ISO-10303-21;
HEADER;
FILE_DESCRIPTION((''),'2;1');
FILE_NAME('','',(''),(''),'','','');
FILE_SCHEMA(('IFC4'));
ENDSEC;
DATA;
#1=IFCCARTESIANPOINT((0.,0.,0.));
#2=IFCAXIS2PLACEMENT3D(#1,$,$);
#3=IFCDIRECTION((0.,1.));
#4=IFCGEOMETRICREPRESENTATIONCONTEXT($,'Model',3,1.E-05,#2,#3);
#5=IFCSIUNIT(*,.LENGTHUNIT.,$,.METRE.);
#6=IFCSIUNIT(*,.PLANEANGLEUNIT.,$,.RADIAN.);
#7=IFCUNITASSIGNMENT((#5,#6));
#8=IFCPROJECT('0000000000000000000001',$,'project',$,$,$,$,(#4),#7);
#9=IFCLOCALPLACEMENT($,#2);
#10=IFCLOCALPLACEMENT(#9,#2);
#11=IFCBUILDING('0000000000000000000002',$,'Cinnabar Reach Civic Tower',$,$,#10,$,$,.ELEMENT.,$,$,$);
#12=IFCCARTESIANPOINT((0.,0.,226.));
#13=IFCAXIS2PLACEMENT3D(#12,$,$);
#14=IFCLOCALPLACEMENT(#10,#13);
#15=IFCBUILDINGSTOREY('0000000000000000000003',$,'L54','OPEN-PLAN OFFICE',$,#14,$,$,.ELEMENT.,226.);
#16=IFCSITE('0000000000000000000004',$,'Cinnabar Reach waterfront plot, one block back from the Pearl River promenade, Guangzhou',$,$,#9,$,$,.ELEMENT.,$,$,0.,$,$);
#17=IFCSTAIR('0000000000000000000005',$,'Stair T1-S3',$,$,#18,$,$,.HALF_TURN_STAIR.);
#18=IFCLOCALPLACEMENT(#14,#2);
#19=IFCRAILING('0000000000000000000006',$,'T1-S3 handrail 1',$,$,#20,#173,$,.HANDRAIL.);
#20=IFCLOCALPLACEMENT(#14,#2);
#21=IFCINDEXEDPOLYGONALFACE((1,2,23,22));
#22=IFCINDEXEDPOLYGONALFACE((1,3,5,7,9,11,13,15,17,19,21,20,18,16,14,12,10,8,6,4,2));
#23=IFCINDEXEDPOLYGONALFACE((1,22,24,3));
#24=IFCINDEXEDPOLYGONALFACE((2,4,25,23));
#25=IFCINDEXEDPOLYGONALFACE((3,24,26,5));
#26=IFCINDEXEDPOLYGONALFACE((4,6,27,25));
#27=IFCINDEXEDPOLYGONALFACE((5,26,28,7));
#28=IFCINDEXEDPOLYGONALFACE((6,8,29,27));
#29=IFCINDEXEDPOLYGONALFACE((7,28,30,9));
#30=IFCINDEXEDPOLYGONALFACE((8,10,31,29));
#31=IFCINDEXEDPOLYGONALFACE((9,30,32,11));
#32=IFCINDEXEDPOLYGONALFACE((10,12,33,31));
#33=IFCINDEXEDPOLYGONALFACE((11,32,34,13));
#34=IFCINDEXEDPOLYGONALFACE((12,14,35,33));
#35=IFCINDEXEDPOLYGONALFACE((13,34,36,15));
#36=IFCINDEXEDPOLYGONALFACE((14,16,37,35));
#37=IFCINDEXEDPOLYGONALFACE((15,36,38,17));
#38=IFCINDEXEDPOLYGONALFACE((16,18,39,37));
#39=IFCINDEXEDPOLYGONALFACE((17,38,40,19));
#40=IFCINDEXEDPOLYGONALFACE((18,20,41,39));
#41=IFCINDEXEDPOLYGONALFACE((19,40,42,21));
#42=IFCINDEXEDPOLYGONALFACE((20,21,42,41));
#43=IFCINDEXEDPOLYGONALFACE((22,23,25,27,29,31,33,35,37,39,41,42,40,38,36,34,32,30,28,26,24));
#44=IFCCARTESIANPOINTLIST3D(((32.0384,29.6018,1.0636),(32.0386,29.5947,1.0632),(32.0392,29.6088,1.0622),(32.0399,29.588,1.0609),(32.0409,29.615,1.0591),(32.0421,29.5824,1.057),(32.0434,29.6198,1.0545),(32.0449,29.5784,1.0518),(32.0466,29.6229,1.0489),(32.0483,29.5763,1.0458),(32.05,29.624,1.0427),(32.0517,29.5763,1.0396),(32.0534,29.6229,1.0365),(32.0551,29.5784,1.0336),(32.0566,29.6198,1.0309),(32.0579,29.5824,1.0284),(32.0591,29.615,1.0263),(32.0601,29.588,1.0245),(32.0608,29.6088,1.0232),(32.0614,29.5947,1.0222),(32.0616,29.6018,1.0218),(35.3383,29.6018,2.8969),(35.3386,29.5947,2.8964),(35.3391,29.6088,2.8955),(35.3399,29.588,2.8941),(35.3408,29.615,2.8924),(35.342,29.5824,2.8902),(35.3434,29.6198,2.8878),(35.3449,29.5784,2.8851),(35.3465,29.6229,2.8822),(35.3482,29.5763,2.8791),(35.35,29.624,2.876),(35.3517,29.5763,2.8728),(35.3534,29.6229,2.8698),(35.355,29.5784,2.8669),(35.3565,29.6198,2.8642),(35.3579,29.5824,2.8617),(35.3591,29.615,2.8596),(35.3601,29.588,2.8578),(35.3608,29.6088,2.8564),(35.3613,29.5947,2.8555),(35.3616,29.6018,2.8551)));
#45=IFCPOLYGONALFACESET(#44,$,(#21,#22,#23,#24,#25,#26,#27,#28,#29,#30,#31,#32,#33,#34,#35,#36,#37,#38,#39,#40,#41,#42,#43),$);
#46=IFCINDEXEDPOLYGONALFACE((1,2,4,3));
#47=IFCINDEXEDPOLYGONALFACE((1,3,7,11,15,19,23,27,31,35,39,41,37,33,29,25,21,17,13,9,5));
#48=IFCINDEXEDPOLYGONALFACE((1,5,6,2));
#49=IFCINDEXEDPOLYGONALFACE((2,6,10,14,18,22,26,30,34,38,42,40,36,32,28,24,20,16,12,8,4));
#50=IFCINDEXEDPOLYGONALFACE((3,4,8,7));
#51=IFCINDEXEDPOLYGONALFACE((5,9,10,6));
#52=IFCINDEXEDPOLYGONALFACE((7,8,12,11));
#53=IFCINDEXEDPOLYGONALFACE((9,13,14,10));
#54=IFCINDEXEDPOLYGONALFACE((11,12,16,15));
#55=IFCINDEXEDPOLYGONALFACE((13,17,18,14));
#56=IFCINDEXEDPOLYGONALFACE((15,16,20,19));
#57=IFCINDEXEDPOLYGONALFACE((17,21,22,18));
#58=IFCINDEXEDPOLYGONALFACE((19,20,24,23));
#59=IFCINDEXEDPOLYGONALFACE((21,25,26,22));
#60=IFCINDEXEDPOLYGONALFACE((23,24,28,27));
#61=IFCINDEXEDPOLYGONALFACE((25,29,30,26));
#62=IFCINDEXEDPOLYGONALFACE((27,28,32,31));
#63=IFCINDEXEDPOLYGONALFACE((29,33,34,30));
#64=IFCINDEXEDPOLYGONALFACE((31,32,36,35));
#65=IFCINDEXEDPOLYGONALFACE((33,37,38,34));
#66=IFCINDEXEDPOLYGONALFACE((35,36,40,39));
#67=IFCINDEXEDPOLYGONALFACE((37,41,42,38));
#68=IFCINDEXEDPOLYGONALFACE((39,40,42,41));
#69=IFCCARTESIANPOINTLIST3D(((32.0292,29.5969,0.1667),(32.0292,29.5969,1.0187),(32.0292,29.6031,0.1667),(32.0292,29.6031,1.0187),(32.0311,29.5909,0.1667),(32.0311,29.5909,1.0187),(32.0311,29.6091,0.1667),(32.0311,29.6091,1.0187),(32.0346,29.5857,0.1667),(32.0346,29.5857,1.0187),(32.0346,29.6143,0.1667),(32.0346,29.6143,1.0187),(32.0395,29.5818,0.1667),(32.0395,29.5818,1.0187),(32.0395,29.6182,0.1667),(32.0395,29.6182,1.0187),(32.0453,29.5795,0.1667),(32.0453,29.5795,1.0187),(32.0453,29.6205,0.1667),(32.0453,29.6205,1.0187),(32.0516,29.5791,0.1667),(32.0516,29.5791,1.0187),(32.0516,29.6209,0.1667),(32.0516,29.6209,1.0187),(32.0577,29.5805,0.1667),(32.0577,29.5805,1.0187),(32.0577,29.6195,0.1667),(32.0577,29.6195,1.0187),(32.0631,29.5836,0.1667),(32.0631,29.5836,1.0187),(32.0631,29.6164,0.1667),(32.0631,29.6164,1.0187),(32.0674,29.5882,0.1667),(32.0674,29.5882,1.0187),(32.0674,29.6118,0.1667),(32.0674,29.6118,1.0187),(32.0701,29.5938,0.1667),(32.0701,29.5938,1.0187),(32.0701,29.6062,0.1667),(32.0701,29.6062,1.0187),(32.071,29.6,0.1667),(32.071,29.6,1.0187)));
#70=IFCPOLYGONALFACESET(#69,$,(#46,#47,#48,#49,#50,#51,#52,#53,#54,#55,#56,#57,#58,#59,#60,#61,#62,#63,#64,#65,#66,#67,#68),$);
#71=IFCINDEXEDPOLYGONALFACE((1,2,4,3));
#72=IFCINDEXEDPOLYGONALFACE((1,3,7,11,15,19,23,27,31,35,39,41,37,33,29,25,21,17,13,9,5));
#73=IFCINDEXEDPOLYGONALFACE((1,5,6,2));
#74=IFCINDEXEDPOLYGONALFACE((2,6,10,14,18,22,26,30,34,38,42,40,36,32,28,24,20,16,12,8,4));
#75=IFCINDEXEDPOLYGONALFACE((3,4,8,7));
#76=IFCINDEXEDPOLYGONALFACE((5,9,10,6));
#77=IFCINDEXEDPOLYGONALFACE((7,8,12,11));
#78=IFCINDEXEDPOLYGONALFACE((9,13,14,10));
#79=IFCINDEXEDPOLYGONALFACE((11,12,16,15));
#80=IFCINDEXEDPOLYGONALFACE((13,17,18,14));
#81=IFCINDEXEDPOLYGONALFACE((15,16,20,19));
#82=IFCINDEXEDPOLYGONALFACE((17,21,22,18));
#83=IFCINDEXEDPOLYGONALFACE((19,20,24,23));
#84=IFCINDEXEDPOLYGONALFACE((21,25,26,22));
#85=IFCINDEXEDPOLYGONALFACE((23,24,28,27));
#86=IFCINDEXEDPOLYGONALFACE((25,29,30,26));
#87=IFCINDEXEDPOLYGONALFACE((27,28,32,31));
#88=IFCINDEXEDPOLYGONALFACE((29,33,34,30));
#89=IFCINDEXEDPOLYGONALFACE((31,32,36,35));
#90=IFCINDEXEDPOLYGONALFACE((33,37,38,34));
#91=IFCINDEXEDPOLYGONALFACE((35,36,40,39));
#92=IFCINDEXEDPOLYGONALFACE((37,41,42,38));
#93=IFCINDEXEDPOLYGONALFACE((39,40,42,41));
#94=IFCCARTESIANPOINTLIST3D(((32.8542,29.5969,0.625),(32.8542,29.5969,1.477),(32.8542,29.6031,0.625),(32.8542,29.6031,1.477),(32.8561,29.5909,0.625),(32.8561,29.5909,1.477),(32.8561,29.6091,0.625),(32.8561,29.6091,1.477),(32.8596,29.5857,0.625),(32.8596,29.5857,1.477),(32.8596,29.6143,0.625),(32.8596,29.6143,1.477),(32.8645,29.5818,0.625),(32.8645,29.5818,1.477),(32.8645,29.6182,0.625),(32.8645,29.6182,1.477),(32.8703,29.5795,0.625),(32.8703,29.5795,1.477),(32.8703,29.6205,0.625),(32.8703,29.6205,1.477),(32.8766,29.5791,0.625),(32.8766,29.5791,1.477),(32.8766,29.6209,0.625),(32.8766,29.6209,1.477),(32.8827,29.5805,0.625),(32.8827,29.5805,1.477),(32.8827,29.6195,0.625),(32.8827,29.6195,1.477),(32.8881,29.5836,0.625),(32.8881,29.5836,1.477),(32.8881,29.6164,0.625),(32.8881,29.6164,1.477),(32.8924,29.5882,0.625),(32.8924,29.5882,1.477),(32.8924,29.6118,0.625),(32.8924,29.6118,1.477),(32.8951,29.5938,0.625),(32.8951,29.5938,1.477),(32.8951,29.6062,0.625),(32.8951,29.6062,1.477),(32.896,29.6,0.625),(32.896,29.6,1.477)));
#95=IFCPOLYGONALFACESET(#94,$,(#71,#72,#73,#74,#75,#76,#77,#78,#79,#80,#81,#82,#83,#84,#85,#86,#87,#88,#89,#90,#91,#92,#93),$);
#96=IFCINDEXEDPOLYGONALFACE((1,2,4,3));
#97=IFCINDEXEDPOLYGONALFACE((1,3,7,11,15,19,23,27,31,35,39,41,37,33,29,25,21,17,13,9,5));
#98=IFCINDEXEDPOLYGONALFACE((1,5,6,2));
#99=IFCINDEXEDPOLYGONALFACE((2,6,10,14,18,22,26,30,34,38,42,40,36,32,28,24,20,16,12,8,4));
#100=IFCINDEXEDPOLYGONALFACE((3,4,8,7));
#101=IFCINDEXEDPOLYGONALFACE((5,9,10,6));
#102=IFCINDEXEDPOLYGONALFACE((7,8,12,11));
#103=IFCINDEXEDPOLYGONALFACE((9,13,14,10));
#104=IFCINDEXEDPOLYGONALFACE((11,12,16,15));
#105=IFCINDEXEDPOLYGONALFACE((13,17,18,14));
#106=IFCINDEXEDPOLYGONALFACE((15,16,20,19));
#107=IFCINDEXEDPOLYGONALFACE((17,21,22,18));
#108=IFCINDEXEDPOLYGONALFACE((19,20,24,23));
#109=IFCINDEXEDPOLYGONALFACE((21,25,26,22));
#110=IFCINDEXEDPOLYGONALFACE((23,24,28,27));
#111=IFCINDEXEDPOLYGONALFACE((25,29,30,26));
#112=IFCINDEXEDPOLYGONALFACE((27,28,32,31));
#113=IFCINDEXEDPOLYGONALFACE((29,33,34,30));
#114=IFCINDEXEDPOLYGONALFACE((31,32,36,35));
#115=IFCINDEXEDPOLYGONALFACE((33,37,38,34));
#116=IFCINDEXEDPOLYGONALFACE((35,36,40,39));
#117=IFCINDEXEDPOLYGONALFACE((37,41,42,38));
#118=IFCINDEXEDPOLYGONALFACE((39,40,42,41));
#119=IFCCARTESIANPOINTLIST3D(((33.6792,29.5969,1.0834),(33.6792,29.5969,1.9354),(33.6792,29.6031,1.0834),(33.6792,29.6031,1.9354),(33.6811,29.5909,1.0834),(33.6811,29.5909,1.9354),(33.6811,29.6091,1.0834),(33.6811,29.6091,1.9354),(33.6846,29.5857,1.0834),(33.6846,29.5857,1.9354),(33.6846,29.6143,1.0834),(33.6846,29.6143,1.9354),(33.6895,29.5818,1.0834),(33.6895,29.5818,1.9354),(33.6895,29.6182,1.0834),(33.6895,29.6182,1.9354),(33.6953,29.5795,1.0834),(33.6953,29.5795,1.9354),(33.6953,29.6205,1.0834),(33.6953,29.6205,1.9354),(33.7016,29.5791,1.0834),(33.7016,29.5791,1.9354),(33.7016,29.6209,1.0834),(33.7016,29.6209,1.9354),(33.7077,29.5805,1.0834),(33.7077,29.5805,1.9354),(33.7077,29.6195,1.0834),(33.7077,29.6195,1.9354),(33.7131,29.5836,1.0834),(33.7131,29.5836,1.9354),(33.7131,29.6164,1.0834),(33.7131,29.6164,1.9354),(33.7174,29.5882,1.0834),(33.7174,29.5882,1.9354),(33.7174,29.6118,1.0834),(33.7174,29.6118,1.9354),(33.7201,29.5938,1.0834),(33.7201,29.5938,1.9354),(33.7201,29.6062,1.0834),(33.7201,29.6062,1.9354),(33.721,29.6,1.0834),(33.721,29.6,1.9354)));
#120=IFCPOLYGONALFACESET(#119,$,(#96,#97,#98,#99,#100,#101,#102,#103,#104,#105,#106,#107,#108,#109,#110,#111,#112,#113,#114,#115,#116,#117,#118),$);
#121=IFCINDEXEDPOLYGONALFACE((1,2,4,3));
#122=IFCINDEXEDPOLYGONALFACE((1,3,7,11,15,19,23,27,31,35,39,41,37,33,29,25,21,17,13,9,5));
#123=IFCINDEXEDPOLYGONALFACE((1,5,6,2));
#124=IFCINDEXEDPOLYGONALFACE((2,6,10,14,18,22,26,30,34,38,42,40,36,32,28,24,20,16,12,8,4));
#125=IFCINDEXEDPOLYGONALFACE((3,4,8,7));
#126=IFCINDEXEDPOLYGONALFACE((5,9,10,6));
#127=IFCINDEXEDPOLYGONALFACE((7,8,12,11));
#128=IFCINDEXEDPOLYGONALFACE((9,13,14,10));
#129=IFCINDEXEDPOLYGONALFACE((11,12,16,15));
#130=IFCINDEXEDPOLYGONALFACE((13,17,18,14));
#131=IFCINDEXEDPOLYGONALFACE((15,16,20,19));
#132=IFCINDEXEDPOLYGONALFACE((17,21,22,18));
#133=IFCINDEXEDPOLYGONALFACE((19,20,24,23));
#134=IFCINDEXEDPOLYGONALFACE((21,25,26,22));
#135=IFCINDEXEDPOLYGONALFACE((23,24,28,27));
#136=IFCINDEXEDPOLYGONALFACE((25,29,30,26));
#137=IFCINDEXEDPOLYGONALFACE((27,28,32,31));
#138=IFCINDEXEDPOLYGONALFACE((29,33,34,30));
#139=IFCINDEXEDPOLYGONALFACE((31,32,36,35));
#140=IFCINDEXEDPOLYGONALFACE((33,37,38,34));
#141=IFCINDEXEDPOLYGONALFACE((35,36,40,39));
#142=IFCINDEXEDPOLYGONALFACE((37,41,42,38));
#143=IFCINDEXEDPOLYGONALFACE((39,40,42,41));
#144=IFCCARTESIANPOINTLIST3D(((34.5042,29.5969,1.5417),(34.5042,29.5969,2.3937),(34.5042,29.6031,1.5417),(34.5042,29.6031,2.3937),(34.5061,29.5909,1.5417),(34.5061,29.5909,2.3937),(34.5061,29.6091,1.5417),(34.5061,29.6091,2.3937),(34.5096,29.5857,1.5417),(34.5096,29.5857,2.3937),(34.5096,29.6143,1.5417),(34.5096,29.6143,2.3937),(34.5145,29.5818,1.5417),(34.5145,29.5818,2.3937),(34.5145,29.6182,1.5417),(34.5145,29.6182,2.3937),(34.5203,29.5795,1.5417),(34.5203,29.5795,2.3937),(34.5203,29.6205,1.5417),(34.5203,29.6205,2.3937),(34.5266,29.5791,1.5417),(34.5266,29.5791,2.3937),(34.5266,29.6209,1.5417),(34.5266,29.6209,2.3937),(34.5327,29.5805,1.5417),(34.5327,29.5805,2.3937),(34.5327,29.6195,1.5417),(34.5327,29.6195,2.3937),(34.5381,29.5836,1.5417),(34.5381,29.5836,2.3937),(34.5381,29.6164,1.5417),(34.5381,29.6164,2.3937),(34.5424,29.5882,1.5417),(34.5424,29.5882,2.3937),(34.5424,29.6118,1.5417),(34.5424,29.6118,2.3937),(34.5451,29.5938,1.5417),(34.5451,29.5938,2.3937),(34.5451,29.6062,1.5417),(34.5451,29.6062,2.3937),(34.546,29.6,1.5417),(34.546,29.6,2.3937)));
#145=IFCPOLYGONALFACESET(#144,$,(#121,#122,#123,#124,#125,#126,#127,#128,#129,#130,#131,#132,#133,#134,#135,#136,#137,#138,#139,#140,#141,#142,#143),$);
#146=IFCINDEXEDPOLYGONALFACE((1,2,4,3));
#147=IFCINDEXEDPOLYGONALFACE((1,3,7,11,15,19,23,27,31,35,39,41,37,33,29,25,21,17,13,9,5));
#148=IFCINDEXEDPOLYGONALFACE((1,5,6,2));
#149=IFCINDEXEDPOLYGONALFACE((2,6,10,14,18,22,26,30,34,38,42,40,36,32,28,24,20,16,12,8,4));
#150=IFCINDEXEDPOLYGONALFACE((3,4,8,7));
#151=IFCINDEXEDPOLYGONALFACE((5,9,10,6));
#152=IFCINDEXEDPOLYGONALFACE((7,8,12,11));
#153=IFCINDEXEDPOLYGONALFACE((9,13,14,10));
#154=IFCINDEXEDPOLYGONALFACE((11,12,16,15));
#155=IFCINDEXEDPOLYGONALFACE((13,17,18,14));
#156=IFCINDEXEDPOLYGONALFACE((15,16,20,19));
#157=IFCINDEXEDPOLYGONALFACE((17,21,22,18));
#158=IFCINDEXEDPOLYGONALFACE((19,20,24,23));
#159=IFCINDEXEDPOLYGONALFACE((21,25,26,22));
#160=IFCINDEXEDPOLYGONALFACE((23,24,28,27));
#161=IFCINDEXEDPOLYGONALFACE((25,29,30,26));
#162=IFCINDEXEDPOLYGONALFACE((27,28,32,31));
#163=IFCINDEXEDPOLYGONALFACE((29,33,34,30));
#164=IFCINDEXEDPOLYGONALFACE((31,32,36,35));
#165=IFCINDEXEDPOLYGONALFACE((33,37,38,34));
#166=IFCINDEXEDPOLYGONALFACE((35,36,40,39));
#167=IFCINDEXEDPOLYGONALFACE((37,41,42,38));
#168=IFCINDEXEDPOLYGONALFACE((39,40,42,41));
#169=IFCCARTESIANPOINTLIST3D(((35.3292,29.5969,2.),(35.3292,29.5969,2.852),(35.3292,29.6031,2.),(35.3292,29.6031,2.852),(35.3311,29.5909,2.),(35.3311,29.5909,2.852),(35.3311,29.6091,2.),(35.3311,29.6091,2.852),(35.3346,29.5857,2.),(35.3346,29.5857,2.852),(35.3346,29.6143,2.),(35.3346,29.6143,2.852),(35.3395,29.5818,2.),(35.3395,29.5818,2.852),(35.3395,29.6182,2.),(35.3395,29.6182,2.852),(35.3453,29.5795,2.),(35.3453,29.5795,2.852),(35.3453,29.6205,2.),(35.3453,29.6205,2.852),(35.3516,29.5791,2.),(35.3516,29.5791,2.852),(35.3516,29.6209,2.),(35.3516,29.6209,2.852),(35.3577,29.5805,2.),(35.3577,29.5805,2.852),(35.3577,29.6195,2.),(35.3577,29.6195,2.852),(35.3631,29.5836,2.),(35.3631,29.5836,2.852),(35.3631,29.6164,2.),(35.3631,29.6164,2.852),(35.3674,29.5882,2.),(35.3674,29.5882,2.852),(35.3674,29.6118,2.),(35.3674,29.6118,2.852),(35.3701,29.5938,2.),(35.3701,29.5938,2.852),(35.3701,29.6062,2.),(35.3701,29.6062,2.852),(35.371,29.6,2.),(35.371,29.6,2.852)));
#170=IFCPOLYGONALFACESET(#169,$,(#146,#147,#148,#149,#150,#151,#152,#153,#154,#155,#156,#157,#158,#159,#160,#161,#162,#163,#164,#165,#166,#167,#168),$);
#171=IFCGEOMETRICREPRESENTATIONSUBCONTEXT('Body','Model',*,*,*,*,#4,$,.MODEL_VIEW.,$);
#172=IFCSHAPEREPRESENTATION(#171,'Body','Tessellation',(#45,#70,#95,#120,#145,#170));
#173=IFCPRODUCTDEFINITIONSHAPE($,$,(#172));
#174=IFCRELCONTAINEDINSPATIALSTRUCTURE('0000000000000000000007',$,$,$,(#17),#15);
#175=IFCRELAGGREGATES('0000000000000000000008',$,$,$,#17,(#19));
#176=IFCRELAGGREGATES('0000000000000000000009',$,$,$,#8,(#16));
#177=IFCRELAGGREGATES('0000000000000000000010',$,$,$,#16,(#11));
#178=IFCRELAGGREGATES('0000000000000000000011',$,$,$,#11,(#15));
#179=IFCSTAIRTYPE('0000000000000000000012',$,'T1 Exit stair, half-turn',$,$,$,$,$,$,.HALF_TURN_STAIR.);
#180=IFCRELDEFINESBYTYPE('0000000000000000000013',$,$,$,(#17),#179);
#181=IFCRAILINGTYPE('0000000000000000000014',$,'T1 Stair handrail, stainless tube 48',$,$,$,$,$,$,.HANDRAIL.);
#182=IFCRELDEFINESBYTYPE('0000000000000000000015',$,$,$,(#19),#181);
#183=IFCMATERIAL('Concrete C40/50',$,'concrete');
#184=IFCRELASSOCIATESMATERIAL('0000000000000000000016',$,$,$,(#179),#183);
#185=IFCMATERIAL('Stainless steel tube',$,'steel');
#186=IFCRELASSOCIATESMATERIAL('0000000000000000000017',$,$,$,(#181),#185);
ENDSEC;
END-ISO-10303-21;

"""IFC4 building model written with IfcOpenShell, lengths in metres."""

from ifc_helpers import new_model, si_unit, direction, frame, origin, origin_2d, place, context, subcontext, project, spatial, circle, extrude, material, type_object, element, aggregate, save


model = new_model("IFC4")

# Units and contexts
model_context = context("Model", 3, precision=1e-05, world=origin(), true_north=direction((0.0, 1.0)))
body_context = subcontext(model_context, "Body", "Model", "MODEL_VIEW")
ifc_project = project(units=[si_unit("LENGTHUNIT", "METRE"), si_unit("PLANEANGLEUNIT", "RADIAN")], contexts=[model_context])

# Site, building, storey
site_placement = place(None, origin())
site = spatial("IfcSite", under=ifc_project, at=site_placement, Name="Cinnabar Reach waterfront plot, one block back from the Pearl River promenade, Guangzhou", CompositionType="ELEMENT", RefElevation=0.0)
building_placement = place(site_placement, origin())
building = spatial("IfcBuilding", under=site, at=building_placement, Name="Cinnabar Reach Civic Tower", CompositionType="ELEMENT")
storey_placement = place(building_placement, frame((0.0, 0.0, 226.0)))
storey = spatial("IfcBuildingStorey", under=building, at=storey_placement, Name="L54", Description="OPEN-PLAN OFFICE", CompositionType="ELEMENT", Elevation=226.0)

# Stair, railing
ifc_material_1 = material(Name="Concrete C40/50", Category="concrete")
stair_type = type_object("IfcStairType", Name="T1 Exit stair, half-turn", PredefinedType="HALF_TURN_STAIR", material=ifc_material_1)
stair_placement = place(storey_placement, origin())
stair = element("IfcStair", 1, at=stair_placement, inside=storey, type_object=stair_type, Name="Stair T1-S3", PredefinedType="HALF_TURN_STAIR")
ifc_material_2 = material(Name="Stainless steel tube", Category="steel")
railing_type = type_object("IfcRailingType", Name="T1 Stair handrail, stainless tube 48", PredefinedType="HANDRAIL", material=ifc_material_2)
railing_1_placement = place(storey_placement, frame((32.05, 29.6, 0.1667)))
railing_1 = element("IfcRailing", 2, at=railing_1_placement, type_object=railing_type, Name="T1-S3 handrail 1", PredefinedType="HANDRAIL", context=body_context, shape_type="SweptSolid", body=[
    extrude(circle(Radius=0.024, at=origin_2d()), frame((0.0, 0.0, 0.876), z_axis=(0.874161, 0.0, 0.485636), x_axis=(0.0, 1.0, 0.0)), (0.0, 0.0, 1.0), 3.775),
    extrude(circle(Radius=0.021, at=origin_2d()), origin(), (0.0, 0.0, 1.0), 0.852),
    extrude(circle(Radius=0.021, at=origin_2d()), frame((0.825, 0.0, 0.4583)), (0.0, 0.0, 1.0), 0.852),
    extrude(circle(Radius=0.021, at=origin_2d()), frame((1.65, 0.0, 0.9167)), (0.0, 0.0, 1.0), 0.852),
    extrude(circle(Radius=0.021, at=origin_2d()), frame((2.475, 0.0, 1.375)), (0.0, 0.0, 1.0), 0.852),
    extrude(circle(Radius=0.021, at=origin_2d()), frame((3.3, 0.0, 1.8333)), (0.0, 0.0, 1.0), 0.852),
])
aggregate(stair, [railing_1])

save(model, "model.ifc")
